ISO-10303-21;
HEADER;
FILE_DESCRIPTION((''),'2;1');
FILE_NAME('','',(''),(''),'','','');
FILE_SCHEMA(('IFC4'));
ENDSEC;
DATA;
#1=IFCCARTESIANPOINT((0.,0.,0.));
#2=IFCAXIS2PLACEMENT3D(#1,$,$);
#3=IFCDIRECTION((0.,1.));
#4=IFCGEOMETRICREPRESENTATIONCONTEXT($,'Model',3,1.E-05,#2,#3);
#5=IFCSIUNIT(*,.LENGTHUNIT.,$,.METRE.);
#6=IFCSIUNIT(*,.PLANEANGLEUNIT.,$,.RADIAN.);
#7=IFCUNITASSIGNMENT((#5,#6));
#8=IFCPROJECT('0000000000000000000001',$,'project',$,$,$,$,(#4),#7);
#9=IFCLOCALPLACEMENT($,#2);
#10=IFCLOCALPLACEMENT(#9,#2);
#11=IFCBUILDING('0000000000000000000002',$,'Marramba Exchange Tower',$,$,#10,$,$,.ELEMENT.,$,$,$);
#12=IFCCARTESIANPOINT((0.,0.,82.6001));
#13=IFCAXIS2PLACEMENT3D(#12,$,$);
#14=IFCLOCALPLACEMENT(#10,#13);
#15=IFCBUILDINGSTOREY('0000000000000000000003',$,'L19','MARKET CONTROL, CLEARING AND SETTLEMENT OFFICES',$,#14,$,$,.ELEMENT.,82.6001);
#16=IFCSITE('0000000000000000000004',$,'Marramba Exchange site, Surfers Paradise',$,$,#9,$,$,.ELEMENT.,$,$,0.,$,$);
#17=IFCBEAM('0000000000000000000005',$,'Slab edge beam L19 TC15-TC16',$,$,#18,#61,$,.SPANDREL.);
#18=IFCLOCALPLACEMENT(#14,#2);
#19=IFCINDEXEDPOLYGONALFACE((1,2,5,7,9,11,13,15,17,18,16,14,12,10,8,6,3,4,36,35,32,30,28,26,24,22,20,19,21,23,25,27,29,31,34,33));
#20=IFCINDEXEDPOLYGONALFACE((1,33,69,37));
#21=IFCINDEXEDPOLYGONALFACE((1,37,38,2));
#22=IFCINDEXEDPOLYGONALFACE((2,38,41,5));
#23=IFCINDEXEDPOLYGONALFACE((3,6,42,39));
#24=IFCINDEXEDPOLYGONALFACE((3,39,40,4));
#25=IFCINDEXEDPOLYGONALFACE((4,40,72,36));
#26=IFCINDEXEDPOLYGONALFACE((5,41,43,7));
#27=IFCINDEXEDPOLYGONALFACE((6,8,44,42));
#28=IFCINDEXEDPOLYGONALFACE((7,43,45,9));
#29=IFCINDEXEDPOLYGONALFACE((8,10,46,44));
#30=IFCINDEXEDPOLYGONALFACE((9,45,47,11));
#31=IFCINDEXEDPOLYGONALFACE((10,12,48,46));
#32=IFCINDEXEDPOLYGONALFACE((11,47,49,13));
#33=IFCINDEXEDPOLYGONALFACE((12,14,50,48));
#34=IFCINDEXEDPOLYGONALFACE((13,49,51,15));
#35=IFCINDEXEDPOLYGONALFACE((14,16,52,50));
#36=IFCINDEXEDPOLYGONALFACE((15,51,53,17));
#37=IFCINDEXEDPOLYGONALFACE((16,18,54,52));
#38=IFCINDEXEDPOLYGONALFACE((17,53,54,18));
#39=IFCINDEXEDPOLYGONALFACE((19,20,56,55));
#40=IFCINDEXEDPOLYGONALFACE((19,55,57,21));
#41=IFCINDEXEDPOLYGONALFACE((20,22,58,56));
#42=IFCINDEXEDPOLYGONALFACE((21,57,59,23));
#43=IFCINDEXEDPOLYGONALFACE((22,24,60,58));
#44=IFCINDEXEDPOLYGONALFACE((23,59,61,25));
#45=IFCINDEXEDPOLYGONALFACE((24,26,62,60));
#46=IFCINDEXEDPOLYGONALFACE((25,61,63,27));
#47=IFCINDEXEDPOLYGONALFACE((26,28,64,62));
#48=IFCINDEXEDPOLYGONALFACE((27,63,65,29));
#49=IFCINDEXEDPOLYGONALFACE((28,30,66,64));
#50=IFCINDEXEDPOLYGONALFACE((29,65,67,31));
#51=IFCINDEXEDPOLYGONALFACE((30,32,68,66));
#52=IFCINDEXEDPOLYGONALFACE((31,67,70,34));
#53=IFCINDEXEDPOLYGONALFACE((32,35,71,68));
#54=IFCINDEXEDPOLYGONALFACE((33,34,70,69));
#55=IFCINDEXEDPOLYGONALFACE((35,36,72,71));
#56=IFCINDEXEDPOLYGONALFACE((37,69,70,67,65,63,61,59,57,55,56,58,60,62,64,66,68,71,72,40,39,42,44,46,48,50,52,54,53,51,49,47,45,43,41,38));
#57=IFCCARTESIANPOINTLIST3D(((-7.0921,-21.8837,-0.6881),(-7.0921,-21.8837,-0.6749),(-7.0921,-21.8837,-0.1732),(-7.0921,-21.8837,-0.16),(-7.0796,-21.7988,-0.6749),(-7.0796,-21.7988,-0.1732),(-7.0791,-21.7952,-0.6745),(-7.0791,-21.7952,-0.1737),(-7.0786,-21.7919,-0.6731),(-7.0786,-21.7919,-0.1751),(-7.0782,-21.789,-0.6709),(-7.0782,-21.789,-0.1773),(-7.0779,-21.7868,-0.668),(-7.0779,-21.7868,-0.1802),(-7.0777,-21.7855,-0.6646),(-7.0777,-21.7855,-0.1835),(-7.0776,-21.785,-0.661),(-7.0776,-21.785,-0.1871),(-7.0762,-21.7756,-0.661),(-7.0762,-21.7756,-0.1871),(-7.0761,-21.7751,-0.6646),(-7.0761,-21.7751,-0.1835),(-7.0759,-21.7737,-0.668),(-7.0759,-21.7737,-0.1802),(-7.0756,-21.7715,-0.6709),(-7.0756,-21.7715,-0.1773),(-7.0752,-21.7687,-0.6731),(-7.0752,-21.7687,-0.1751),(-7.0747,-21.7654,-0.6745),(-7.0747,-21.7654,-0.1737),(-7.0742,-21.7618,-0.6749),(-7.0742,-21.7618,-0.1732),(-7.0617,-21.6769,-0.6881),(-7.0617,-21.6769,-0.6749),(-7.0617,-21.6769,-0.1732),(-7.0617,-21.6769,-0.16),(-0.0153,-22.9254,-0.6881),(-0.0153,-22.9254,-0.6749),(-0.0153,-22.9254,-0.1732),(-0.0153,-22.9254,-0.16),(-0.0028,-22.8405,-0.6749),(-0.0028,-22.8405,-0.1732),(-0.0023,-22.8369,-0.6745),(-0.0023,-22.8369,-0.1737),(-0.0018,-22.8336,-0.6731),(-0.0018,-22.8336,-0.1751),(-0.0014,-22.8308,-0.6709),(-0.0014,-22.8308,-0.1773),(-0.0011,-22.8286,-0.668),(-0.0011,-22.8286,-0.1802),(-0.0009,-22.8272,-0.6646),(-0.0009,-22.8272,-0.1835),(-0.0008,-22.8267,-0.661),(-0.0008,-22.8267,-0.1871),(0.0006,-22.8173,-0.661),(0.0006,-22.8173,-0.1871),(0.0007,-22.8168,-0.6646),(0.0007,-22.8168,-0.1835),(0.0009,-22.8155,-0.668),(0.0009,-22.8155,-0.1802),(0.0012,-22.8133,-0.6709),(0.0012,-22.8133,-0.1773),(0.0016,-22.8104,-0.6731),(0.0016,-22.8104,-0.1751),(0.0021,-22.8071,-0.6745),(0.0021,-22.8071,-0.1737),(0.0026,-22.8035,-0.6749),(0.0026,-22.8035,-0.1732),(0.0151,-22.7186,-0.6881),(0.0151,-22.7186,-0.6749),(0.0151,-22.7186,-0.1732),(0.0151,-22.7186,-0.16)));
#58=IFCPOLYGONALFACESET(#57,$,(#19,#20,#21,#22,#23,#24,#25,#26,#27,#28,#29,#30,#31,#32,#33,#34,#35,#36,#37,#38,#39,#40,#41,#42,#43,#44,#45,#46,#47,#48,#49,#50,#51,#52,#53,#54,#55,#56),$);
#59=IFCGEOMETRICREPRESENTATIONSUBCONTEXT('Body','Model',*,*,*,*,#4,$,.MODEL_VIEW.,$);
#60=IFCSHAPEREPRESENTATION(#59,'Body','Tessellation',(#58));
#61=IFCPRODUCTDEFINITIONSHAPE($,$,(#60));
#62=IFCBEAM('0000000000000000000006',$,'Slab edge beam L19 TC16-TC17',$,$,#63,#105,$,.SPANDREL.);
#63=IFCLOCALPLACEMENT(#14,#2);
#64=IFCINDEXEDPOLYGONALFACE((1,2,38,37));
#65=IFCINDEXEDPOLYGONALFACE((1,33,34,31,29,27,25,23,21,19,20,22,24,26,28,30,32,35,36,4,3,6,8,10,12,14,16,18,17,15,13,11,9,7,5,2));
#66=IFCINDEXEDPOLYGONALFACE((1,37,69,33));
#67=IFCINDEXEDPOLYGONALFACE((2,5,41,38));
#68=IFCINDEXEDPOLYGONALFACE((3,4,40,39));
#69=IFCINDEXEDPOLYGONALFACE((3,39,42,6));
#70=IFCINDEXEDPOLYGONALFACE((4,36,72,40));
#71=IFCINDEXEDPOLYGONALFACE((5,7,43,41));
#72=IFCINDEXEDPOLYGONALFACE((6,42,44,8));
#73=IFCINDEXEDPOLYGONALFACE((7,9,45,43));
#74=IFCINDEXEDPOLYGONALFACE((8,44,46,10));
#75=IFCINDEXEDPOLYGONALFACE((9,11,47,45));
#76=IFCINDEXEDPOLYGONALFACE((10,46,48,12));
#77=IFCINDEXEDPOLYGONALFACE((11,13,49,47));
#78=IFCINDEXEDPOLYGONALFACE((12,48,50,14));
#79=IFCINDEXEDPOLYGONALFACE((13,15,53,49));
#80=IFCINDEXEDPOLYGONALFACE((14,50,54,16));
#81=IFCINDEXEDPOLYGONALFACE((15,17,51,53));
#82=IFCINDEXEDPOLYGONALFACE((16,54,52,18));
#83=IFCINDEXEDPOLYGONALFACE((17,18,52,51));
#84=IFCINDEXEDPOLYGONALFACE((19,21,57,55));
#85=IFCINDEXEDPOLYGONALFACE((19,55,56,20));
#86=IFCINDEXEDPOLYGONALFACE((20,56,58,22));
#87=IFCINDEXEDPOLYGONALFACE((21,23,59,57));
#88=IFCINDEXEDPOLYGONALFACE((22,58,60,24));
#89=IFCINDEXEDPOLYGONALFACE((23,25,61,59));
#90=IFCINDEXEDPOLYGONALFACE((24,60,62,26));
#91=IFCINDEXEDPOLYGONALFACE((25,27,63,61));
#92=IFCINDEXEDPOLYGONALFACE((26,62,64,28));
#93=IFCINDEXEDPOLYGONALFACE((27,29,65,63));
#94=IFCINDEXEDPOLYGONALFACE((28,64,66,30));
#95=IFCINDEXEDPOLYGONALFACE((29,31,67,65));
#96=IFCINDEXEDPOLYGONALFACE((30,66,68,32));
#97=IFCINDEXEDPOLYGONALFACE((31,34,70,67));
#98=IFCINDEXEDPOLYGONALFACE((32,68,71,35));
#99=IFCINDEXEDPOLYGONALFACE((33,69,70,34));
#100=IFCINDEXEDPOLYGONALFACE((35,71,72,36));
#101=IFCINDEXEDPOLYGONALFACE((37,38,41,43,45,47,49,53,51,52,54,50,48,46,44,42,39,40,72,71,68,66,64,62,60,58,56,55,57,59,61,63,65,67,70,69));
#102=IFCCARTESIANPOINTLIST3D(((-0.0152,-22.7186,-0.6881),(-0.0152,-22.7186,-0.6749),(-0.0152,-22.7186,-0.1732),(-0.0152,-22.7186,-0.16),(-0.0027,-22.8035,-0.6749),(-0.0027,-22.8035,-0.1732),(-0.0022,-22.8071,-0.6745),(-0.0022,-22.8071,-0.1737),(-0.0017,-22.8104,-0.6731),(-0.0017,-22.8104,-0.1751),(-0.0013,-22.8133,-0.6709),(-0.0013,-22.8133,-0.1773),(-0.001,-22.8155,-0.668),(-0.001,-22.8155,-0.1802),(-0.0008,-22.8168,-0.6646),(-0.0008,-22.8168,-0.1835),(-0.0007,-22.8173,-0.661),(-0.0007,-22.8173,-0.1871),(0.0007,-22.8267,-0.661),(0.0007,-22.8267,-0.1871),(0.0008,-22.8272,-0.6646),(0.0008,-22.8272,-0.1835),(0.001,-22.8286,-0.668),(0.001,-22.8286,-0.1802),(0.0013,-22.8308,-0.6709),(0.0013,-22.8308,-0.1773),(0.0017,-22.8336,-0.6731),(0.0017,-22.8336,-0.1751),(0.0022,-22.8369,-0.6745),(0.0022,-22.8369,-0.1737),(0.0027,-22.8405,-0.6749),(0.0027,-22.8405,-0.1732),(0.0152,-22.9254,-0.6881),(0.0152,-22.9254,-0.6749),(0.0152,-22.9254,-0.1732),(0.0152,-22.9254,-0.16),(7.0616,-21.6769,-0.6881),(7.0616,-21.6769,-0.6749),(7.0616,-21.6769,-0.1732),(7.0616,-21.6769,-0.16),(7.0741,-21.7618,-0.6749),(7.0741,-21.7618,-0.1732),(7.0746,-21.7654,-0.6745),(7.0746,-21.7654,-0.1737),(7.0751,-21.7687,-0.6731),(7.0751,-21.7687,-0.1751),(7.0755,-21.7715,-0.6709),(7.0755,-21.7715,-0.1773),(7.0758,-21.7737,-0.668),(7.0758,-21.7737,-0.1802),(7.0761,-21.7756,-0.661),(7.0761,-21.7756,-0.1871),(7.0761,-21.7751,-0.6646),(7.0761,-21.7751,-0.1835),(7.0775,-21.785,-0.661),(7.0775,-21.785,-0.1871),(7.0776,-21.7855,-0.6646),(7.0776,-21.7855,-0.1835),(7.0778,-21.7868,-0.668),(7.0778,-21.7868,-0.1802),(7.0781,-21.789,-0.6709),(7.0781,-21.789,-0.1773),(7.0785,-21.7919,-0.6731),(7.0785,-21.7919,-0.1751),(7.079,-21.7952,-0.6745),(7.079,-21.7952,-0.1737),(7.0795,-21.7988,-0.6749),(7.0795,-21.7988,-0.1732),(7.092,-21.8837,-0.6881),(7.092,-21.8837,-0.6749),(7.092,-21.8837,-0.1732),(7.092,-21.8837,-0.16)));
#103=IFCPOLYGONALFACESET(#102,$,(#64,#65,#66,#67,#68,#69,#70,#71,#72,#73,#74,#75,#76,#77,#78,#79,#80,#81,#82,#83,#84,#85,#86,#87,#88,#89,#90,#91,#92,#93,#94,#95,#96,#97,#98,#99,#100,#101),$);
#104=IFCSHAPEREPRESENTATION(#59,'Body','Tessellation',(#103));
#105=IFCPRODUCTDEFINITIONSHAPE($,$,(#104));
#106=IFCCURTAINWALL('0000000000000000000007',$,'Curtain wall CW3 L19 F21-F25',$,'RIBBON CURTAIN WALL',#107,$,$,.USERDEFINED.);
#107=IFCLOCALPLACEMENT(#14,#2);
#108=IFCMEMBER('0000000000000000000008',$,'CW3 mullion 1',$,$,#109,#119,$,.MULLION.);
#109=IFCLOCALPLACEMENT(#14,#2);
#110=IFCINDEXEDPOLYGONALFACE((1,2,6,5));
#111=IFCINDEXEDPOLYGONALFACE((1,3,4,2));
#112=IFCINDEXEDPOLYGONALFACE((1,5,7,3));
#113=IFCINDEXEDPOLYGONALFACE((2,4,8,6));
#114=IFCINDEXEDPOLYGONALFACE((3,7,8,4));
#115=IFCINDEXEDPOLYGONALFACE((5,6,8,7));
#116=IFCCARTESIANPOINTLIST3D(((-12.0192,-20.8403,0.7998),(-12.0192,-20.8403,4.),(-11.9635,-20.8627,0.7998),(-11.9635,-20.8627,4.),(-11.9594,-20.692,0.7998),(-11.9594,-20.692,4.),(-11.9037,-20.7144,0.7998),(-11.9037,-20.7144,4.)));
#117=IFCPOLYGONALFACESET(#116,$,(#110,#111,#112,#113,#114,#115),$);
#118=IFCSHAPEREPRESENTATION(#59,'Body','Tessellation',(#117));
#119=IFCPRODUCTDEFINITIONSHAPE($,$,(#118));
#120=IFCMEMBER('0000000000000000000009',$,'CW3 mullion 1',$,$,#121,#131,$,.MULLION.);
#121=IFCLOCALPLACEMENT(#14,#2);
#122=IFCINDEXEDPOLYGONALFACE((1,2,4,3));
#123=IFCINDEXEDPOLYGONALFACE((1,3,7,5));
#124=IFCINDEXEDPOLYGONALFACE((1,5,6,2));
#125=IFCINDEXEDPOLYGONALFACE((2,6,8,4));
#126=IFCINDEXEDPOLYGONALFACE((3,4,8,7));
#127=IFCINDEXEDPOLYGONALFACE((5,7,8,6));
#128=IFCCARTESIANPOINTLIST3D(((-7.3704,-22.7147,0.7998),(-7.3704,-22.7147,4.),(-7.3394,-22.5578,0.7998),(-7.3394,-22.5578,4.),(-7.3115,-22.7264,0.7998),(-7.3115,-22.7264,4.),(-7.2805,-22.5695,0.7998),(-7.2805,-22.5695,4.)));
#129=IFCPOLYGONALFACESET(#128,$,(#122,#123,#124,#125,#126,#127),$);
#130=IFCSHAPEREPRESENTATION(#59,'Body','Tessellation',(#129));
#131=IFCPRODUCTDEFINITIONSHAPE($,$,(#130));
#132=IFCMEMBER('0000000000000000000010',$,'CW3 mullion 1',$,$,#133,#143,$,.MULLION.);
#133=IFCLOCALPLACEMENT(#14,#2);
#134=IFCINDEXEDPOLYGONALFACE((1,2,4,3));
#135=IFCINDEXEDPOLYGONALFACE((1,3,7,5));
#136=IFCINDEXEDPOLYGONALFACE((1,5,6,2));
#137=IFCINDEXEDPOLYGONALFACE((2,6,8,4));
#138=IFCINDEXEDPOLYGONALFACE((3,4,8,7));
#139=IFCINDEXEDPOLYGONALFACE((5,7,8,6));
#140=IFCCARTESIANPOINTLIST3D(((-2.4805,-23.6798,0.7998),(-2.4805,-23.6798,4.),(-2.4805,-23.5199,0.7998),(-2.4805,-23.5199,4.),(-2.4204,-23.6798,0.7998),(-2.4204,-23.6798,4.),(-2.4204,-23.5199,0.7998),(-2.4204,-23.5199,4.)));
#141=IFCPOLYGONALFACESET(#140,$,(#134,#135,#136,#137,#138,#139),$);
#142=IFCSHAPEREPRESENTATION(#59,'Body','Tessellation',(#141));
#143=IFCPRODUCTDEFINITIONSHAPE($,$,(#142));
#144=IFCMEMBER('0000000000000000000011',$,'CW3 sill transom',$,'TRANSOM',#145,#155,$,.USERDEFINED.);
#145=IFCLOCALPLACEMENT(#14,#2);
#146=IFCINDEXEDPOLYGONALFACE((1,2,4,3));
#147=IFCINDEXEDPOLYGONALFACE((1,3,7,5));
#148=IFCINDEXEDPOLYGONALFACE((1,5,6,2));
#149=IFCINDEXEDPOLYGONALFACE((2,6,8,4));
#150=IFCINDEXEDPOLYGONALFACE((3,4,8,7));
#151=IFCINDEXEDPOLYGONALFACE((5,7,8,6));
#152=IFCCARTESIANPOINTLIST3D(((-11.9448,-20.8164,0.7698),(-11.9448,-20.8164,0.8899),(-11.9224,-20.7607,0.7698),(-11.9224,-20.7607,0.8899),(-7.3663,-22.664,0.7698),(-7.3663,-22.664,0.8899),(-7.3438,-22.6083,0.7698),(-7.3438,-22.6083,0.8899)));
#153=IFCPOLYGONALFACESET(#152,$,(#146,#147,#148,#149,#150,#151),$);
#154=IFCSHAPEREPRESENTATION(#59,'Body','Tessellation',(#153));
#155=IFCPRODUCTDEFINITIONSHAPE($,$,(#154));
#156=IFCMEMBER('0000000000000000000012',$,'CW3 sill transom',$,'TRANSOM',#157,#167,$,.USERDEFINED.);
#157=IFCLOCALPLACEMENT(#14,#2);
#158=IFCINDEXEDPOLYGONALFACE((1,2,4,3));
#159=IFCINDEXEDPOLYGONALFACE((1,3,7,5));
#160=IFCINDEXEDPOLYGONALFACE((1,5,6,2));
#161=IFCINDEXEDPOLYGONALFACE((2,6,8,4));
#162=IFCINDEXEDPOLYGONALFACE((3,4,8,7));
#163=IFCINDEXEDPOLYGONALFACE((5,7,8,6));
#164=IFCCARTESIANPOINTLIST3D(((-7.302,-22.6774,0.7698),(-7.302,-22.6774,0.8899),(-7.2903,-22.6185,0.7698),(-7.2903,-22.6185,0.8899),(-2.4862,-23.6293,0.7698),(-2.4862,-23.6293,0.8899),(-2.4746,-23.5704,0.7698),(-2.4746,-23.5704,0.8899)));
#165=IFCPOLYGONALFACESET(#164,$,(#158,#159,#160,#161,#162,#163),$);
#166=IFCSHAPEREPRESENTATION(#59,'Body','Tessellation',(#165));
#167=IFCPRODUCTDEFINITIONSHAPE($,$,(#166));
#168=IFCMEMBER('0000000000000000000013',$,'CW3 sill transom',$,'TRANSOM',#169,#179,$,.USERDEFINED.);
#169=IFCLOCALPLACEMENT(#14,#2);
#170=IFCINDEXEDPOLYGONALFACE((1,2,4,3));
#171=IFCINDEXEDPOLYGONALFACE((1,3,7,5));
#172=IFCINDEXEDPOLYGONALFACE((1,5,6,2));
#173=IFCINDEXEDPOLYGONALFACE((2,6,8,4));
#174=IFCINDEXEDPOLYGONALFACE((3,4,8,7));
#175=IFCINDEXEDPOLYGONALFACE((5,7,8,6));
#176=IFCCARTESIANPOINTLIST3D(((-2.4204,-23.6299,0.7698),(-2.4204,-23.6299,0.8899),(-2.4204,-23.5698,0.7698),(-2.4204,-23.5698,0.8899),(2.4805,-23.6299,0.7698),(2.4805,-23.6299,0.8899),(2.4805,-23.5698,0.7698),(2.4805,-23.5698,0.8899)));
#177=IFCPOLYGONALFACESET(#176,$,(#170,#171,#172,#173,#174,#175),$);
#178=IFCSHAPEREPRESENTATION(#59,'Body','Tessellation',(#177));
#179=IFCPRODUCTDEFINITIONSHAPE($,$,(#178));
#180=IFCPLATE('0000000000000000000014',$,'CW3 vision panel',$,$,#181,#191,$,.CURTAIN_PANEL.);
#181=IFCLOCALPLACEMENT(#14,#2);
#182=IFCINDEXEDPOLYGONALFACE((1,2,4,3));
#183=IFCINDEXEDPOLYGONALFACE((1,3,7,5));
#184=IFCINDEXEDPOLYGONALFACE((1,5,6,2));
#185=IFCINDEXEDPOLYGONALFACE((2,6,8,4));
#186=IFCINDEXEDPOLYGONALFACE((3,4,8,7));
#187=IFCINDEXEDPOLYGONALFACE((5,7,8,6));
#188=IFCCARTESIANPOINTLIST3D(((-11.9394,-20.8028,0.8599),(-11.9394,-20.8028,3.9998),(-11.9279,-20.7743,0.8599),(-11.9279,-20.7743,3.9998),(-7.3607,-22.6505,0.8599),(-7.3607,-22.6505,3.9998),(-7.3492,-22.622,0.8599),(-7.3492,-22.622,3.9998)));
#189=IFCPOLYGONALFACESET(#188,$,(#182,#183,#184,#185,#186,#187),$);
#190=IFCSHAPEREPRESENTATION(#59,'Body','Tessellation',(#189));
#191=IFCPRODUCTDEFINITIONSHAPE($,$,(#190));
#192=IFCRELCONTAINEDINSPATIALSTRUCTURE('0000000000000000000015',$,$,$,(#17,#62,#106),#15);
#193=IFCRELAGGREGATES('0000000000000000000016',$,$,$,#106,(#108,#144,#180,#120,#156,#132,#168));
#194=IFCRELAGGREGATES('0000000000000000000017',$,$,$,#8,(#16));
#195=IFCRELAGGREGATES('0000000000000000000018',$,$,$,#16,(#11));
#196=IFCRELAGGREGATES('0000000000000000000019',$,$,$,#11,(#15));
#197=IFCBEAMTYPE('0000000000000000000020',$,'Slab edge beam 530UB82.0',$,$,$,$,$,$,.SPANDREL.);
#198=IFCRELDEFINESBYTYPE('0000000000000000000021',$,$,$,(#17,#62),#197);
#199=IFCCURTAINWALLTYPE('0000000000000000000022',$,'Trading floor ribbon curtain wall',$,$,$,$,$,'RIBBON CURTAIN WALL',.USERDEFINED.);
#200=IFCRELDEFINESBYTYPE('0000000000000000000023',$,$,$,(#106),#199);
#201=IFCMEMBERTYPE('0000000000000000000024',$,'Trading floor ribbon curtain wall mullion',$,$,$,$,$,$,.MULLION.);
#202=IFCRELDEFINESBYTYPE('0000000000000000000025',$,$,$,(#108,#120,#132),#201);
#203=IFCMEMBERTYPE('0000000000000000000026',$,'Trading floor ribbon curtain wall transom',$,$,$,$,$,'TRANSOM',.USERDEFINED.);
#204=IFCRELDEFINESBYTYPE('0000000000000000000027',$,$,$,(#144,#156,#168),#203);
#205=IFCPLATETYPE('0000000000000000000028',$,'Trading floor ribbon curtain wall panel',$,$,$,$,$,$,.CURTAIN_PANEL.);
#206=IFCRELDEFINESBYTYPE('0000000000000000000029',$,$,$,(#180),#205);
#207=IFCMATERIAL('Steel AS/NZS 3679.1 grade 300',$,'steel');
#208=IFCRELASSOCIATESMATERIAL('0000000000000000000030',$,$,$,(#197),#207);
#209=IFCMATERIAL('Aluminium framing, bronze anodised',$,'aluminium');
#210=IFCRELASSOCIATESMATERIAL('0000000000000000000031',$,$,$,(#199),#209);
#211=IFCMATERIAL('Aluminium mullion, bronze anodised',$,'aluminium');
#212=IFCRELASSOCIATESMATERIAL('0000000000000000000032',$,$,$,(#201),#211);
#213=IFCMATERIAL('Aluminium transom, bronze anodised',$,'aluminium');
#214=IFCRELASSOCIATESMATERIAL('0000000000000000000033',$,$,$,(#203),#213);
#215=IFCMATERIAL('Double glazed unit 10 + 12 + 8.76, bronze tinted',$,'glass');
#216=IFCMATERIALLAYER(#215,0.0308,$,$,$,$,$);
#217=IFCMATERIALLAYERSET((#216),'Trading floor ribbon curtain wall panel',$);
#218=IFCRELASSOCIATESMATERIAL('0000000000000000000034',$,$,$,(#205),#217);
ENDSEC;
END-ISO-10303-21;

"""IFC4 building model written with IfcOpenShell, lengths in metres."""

from ifc_helpers import new_model, si_unit, direction, frame, origin, origin_2d, place, context, subcontext, project, spatial, rectangle, i_section, extrude, material, layer, layer_set, material_profile, profile_set, type_object, element, aggregate, save


model = new_model("IFC4")

# Units and contexts
model_context = context("Model", 3, precision=1e-05, world=origin(), true_north=direction((0.0, 1.0)))
body_context = subcontext(model_context, "Body", "Model", "MODEL_VIEW")
ifc_project = project(units=[si_unit("LENGTHUNIT", "METRE"), si_unit("PLANEANGLEUNIT", "RADIAN")], contexts=[model_context])

# Site, building, storey
site_placement = place(None, origin())
site = spatial("IfcSite", under=ifc_project, at=site_placement, Name="Marramba Exchange site, Surfers Paradise", CompositionType="ELEMENT", RefElevation=0.0)
building_placement = place(site_placement, origin())
building = spatial("IfcBuilding", under=site, at=building_placement, Name="Marramba Exchange Tower", CompositionType="ELEMENT")
storey_placement = place(building_placement, frame((0.0, 0.0, 82.6001)))
storey = spatial("IfcBuildingStorey", under=building, at=storey_placement, Name="L19", Description="MARKET CONTROL, CLEARING AND SETTLEMENT OFFICES", CompositionType="ELEMENT", Elevation=82.6001)

# Beams
ifc_material_1 = material(Name="Steel AS/NZS 3679.1 grade 300", Category="steel")
ifc_material_profile_1 = material_profile(ifc_material_1, i_section(OverallWidth=0.209, OverallDepth=0.5281, WebThickness=0.0095, FlangeThickness=0.0132, FilletRadius=0.0139, at=origin_2d()), Name="530UB82.0")
ifc_profile_set_1 = profile_set([ifc_material_profile_1], Name="Steel AS/NZS 3679.1 grade 300")
beam_type_1 = type_object("IfcBeamType", Name="Slab edge beam 530UB82.0", PredefinedType="SPANDREL", material=ifc_profile_set_1)
for number, where, z_axis, x_axis, name in (
    (1, (-7.0769, -21.7803, -0.4241), (0.989338, -0.145634, 0.0), (0.145634, 0.989338, 0.0), "Slab edge beam L19 TC15-TC16"),
    (2, (0.0, -22.822, -0.4241), (0.989338, 0.145634, 0.0), (-0.145634, 0.989338, 0.0), "Slab edge beam L19 TC16-TC17"),
):
    element("IfcBeam", number, at=place(storey_placement, frame(where, z_axis=z_axis, x_axis=x_axis)), inside=storey, type_object=beam_type_1, Name=name, PredefinedType="SPANDREL", context=body_context, shape_type="SweptSolid", body=[
        extrude(i_section(OverallWidth=0.209, OverallDepth=0.5281, WebThickness=0.0095, FlangeThickness=0.0132, FilletRadius=0.0139, at=origin_2d()), origin(), (0.0, 0.0, 1.0), 7.1531),
    ])

# Curtain wall, members, plate
ifc_material_2 = material(Name="Aluminium framing, bronze anodised", Category="aluminium")
curtain_wall_type = type_object("IfcCurtainWallType", Name="Trading floor ribbon curtain wall", ElementType="RIBBON CURTAIN WALL", PredefinedType="USERDEFINED", material=ifc_material_2)
curtain_wall_placement = place(storey_placement, origin())
curtain_wall = element("IfcCurtainWall", 3, at=curtain_wall_placement, inside=storey, type_object=curtain_wall_type, Name="Curtain wall CW3 L19 F21-F25", ObjectType="RIBBON CURTAIN WALL", PredefinedType="USERDEFINED")
ifc_material_3 = material(Name="Aluminium mullion, bronze anodised", Category="aluminium")
ifc_material_profile_2 = material_profile(ifc_material_3, rectangle(XDim=0.1599, YDim=0.0601, at=origin_2d()), Name="CW3 mullion 60x160")
ifc_profile_set_2 = profile_set([ifc_material_profile_2], Name="Aluminium mullion, bronze anodised")
member_type_1 = type_object("IfcMemberType", Name="Trading floor ribbon curtain wall mullion", PredefinedType="MULLION", material=ifc_profile_set_2)
member_1_placement = place(storey_placement, frame((-11.9614, -20.7773, 0.7998), z_axis=(0.0, 0.0, 1.0), x_axis=(0.374218, 0.927341, 0.0)))
member_1 = element("IfcMember", 4, at=member_1_placement, type_object=member_type_1, Name="CW3 mullion 1", PredefinedType="MULLION", context=body_context, shape_type="SweptSolid", body=[
    extrude(rectangle(XDim=0.1599, YDim=0.0601, at=origin_2d()), origin(), (0.0, 0.0, 1.0), 3.2002),
])
member_2_placement = place(storey_placement, frame((-7.3254, -22.6421, 0.7998), z_axis=(0.0, 0.0, 1.0), x_axis=(0.193961, 0.981009, 0.0)))
member_2 = element("IfcMember", 5, at=member_2_placement, type_object=member_type_1, Name="CW3 mullion 1", PredefinedType="MULLION", context=body_context, shape_type="SweptSolid", body=[
    extrude(rectangle(XDim=0.1599, YDim=0.0601, at=origin_2d()), origin(), (0.0, 0.0, 1.0), 3.2002),
])
member_3_placement = place(storey_placement, frame((-2.4504, -23.5999, 0.7998), z_axis=(0.0, 0.0, 1.0), x_axis=(0.0, 1.0, 0.0)))
member_3 = element("IfcMember", 6, at=member_3_placement, type_object=member_type_1, Name="CW3 mullion 1", PredefinedType="MULLION", context=body_context, shape_type="SweptSolid", body=[
    extrude(rectangle(XDim=0.1599, YDim=0.0601, at=origin_2d()), origin(), (0.0, 0.0, 1.0), 3.2002),
])
ifc_material_4 = material(Name="Aluminium transom, bronze anodised", Category="aluminium")
ifc_material_profile_3 = material_profile(ifc_material_4, rectangle(XDim=0.0601, YDim=0.1201, at=origin_2d()), Name="CW3 transom 60x120")
ifc_profile_set_3 = profile_set([ifc_material_profile_3], Name="Aluminium transom, bronze anodised")
member_type_2 = type_object("IfcMemberType", Name="Trading floor ribbon curtain wall transom", ElementType="TRANSOM", PredefinedType="USERDEFINED", material=ifc_profile_set_3)
member_4_placement = place(storey_placement, frame((-11.9336, -20.7886, 0.8298), z_axis=(0.92734, -0.374219, 0.0), x_axis=(0.374219, 0.92734, 0.0)))
member_4 = element("IfcMember", 7, at=member_4_placement, type_object=member_type_2, Name="CW3 sill transom", ObjectType="TRANSOM", PredefinedType="USERDEFINED", context=body_context, shape_type="SweptSolid", body=[
    extrude(rectangle(XDim=0.0601, YDim=0.1201, at=origin_2d()), origin(), (0.0, 0.0, 1.0), 4.9373),
])
member_5_placement = place(storey_placement, frame((-7.2961, -22.6479, 0.8298), z_axis=(0.981018, -0.193916, 0.0), x_axis=(0.193916, 0.981018, 0.0)))
member_5 = element("IfcMember", 8, at=member_5_placement, type_object=member_type_2, Name="CW3 sill transom", ObjectType="TRANSOM", PredefinedType="USERDEFINED", context=body_context, shape_type="SweptSolid", body=[
    extrude(rectangle(XDim=0.0601, YDim=0.1201, at=origin_2d()), origin(), (0.0, 0.0, 1.0), 4.9089),
])
member_6_placement = place(storey_placement, frame((-2.4204, -23.5999, 0.8298), z_axis=(1.0, 0.0, 0.0), x_axis=(0.0, 1.0, 0.0)))
member_6 = element("IfcMember", 9, at=member_6_placement, type_object=member_type_2, Name="CW3 sill transom", ObjectType="TRANSOM", PredefinedType="USERDEFINED", context=body_context, shape_type="SweptSolid", body=[
    extrude(rectangle(XDim=0.0601, YDim=0.1201, at=origin_2d()), origin(), (0.0, 0.0, 1.0), 4.9009),
])
ifc_material_5 = material(Name="Double glazed unit 10 + 12 + 8.76, bronze tinted", Category="glass")
ifc_layer_1 = layer(ifc_material_5, 0.0308)
ifc_layer_set_1 = layer_set([ifc_layer_1], Name="Trading floor ribbon curtain wall panel")
plate_type = type_object("IfcPlateType", Name="Trading floor ribbon curtain wall panel", PredefinedType="CURTAIN_PANEL", material=ifc_layer_set_1)
plate_1_placement = place(storey_placement, frame((-9.6443, -21.7124, 0.8599), z_axis=(0.0, 0.0, 1.0), x_axis=(0.927341, -0.374218, 0.0)))
plate_1 = element("IfcPlate", 10, at=plate_1_placement, type_object=plate_type, Name="CW3 vision panel", PredefinedType="CURTAIN_PANEL", context=body_context, shape_type="SweptSolid", body=[
    extrude(rectangle(XDim=4.9375, YDim=0.0308, at=origin_2d()), origin(), (0.0, 0.0, 1.0), 3.1399),
])
aggregate(curtain_wall, [member_1, member_4, plate_1, member_2, member_5, member_3, member_6])

save(model, "model.ifc")
